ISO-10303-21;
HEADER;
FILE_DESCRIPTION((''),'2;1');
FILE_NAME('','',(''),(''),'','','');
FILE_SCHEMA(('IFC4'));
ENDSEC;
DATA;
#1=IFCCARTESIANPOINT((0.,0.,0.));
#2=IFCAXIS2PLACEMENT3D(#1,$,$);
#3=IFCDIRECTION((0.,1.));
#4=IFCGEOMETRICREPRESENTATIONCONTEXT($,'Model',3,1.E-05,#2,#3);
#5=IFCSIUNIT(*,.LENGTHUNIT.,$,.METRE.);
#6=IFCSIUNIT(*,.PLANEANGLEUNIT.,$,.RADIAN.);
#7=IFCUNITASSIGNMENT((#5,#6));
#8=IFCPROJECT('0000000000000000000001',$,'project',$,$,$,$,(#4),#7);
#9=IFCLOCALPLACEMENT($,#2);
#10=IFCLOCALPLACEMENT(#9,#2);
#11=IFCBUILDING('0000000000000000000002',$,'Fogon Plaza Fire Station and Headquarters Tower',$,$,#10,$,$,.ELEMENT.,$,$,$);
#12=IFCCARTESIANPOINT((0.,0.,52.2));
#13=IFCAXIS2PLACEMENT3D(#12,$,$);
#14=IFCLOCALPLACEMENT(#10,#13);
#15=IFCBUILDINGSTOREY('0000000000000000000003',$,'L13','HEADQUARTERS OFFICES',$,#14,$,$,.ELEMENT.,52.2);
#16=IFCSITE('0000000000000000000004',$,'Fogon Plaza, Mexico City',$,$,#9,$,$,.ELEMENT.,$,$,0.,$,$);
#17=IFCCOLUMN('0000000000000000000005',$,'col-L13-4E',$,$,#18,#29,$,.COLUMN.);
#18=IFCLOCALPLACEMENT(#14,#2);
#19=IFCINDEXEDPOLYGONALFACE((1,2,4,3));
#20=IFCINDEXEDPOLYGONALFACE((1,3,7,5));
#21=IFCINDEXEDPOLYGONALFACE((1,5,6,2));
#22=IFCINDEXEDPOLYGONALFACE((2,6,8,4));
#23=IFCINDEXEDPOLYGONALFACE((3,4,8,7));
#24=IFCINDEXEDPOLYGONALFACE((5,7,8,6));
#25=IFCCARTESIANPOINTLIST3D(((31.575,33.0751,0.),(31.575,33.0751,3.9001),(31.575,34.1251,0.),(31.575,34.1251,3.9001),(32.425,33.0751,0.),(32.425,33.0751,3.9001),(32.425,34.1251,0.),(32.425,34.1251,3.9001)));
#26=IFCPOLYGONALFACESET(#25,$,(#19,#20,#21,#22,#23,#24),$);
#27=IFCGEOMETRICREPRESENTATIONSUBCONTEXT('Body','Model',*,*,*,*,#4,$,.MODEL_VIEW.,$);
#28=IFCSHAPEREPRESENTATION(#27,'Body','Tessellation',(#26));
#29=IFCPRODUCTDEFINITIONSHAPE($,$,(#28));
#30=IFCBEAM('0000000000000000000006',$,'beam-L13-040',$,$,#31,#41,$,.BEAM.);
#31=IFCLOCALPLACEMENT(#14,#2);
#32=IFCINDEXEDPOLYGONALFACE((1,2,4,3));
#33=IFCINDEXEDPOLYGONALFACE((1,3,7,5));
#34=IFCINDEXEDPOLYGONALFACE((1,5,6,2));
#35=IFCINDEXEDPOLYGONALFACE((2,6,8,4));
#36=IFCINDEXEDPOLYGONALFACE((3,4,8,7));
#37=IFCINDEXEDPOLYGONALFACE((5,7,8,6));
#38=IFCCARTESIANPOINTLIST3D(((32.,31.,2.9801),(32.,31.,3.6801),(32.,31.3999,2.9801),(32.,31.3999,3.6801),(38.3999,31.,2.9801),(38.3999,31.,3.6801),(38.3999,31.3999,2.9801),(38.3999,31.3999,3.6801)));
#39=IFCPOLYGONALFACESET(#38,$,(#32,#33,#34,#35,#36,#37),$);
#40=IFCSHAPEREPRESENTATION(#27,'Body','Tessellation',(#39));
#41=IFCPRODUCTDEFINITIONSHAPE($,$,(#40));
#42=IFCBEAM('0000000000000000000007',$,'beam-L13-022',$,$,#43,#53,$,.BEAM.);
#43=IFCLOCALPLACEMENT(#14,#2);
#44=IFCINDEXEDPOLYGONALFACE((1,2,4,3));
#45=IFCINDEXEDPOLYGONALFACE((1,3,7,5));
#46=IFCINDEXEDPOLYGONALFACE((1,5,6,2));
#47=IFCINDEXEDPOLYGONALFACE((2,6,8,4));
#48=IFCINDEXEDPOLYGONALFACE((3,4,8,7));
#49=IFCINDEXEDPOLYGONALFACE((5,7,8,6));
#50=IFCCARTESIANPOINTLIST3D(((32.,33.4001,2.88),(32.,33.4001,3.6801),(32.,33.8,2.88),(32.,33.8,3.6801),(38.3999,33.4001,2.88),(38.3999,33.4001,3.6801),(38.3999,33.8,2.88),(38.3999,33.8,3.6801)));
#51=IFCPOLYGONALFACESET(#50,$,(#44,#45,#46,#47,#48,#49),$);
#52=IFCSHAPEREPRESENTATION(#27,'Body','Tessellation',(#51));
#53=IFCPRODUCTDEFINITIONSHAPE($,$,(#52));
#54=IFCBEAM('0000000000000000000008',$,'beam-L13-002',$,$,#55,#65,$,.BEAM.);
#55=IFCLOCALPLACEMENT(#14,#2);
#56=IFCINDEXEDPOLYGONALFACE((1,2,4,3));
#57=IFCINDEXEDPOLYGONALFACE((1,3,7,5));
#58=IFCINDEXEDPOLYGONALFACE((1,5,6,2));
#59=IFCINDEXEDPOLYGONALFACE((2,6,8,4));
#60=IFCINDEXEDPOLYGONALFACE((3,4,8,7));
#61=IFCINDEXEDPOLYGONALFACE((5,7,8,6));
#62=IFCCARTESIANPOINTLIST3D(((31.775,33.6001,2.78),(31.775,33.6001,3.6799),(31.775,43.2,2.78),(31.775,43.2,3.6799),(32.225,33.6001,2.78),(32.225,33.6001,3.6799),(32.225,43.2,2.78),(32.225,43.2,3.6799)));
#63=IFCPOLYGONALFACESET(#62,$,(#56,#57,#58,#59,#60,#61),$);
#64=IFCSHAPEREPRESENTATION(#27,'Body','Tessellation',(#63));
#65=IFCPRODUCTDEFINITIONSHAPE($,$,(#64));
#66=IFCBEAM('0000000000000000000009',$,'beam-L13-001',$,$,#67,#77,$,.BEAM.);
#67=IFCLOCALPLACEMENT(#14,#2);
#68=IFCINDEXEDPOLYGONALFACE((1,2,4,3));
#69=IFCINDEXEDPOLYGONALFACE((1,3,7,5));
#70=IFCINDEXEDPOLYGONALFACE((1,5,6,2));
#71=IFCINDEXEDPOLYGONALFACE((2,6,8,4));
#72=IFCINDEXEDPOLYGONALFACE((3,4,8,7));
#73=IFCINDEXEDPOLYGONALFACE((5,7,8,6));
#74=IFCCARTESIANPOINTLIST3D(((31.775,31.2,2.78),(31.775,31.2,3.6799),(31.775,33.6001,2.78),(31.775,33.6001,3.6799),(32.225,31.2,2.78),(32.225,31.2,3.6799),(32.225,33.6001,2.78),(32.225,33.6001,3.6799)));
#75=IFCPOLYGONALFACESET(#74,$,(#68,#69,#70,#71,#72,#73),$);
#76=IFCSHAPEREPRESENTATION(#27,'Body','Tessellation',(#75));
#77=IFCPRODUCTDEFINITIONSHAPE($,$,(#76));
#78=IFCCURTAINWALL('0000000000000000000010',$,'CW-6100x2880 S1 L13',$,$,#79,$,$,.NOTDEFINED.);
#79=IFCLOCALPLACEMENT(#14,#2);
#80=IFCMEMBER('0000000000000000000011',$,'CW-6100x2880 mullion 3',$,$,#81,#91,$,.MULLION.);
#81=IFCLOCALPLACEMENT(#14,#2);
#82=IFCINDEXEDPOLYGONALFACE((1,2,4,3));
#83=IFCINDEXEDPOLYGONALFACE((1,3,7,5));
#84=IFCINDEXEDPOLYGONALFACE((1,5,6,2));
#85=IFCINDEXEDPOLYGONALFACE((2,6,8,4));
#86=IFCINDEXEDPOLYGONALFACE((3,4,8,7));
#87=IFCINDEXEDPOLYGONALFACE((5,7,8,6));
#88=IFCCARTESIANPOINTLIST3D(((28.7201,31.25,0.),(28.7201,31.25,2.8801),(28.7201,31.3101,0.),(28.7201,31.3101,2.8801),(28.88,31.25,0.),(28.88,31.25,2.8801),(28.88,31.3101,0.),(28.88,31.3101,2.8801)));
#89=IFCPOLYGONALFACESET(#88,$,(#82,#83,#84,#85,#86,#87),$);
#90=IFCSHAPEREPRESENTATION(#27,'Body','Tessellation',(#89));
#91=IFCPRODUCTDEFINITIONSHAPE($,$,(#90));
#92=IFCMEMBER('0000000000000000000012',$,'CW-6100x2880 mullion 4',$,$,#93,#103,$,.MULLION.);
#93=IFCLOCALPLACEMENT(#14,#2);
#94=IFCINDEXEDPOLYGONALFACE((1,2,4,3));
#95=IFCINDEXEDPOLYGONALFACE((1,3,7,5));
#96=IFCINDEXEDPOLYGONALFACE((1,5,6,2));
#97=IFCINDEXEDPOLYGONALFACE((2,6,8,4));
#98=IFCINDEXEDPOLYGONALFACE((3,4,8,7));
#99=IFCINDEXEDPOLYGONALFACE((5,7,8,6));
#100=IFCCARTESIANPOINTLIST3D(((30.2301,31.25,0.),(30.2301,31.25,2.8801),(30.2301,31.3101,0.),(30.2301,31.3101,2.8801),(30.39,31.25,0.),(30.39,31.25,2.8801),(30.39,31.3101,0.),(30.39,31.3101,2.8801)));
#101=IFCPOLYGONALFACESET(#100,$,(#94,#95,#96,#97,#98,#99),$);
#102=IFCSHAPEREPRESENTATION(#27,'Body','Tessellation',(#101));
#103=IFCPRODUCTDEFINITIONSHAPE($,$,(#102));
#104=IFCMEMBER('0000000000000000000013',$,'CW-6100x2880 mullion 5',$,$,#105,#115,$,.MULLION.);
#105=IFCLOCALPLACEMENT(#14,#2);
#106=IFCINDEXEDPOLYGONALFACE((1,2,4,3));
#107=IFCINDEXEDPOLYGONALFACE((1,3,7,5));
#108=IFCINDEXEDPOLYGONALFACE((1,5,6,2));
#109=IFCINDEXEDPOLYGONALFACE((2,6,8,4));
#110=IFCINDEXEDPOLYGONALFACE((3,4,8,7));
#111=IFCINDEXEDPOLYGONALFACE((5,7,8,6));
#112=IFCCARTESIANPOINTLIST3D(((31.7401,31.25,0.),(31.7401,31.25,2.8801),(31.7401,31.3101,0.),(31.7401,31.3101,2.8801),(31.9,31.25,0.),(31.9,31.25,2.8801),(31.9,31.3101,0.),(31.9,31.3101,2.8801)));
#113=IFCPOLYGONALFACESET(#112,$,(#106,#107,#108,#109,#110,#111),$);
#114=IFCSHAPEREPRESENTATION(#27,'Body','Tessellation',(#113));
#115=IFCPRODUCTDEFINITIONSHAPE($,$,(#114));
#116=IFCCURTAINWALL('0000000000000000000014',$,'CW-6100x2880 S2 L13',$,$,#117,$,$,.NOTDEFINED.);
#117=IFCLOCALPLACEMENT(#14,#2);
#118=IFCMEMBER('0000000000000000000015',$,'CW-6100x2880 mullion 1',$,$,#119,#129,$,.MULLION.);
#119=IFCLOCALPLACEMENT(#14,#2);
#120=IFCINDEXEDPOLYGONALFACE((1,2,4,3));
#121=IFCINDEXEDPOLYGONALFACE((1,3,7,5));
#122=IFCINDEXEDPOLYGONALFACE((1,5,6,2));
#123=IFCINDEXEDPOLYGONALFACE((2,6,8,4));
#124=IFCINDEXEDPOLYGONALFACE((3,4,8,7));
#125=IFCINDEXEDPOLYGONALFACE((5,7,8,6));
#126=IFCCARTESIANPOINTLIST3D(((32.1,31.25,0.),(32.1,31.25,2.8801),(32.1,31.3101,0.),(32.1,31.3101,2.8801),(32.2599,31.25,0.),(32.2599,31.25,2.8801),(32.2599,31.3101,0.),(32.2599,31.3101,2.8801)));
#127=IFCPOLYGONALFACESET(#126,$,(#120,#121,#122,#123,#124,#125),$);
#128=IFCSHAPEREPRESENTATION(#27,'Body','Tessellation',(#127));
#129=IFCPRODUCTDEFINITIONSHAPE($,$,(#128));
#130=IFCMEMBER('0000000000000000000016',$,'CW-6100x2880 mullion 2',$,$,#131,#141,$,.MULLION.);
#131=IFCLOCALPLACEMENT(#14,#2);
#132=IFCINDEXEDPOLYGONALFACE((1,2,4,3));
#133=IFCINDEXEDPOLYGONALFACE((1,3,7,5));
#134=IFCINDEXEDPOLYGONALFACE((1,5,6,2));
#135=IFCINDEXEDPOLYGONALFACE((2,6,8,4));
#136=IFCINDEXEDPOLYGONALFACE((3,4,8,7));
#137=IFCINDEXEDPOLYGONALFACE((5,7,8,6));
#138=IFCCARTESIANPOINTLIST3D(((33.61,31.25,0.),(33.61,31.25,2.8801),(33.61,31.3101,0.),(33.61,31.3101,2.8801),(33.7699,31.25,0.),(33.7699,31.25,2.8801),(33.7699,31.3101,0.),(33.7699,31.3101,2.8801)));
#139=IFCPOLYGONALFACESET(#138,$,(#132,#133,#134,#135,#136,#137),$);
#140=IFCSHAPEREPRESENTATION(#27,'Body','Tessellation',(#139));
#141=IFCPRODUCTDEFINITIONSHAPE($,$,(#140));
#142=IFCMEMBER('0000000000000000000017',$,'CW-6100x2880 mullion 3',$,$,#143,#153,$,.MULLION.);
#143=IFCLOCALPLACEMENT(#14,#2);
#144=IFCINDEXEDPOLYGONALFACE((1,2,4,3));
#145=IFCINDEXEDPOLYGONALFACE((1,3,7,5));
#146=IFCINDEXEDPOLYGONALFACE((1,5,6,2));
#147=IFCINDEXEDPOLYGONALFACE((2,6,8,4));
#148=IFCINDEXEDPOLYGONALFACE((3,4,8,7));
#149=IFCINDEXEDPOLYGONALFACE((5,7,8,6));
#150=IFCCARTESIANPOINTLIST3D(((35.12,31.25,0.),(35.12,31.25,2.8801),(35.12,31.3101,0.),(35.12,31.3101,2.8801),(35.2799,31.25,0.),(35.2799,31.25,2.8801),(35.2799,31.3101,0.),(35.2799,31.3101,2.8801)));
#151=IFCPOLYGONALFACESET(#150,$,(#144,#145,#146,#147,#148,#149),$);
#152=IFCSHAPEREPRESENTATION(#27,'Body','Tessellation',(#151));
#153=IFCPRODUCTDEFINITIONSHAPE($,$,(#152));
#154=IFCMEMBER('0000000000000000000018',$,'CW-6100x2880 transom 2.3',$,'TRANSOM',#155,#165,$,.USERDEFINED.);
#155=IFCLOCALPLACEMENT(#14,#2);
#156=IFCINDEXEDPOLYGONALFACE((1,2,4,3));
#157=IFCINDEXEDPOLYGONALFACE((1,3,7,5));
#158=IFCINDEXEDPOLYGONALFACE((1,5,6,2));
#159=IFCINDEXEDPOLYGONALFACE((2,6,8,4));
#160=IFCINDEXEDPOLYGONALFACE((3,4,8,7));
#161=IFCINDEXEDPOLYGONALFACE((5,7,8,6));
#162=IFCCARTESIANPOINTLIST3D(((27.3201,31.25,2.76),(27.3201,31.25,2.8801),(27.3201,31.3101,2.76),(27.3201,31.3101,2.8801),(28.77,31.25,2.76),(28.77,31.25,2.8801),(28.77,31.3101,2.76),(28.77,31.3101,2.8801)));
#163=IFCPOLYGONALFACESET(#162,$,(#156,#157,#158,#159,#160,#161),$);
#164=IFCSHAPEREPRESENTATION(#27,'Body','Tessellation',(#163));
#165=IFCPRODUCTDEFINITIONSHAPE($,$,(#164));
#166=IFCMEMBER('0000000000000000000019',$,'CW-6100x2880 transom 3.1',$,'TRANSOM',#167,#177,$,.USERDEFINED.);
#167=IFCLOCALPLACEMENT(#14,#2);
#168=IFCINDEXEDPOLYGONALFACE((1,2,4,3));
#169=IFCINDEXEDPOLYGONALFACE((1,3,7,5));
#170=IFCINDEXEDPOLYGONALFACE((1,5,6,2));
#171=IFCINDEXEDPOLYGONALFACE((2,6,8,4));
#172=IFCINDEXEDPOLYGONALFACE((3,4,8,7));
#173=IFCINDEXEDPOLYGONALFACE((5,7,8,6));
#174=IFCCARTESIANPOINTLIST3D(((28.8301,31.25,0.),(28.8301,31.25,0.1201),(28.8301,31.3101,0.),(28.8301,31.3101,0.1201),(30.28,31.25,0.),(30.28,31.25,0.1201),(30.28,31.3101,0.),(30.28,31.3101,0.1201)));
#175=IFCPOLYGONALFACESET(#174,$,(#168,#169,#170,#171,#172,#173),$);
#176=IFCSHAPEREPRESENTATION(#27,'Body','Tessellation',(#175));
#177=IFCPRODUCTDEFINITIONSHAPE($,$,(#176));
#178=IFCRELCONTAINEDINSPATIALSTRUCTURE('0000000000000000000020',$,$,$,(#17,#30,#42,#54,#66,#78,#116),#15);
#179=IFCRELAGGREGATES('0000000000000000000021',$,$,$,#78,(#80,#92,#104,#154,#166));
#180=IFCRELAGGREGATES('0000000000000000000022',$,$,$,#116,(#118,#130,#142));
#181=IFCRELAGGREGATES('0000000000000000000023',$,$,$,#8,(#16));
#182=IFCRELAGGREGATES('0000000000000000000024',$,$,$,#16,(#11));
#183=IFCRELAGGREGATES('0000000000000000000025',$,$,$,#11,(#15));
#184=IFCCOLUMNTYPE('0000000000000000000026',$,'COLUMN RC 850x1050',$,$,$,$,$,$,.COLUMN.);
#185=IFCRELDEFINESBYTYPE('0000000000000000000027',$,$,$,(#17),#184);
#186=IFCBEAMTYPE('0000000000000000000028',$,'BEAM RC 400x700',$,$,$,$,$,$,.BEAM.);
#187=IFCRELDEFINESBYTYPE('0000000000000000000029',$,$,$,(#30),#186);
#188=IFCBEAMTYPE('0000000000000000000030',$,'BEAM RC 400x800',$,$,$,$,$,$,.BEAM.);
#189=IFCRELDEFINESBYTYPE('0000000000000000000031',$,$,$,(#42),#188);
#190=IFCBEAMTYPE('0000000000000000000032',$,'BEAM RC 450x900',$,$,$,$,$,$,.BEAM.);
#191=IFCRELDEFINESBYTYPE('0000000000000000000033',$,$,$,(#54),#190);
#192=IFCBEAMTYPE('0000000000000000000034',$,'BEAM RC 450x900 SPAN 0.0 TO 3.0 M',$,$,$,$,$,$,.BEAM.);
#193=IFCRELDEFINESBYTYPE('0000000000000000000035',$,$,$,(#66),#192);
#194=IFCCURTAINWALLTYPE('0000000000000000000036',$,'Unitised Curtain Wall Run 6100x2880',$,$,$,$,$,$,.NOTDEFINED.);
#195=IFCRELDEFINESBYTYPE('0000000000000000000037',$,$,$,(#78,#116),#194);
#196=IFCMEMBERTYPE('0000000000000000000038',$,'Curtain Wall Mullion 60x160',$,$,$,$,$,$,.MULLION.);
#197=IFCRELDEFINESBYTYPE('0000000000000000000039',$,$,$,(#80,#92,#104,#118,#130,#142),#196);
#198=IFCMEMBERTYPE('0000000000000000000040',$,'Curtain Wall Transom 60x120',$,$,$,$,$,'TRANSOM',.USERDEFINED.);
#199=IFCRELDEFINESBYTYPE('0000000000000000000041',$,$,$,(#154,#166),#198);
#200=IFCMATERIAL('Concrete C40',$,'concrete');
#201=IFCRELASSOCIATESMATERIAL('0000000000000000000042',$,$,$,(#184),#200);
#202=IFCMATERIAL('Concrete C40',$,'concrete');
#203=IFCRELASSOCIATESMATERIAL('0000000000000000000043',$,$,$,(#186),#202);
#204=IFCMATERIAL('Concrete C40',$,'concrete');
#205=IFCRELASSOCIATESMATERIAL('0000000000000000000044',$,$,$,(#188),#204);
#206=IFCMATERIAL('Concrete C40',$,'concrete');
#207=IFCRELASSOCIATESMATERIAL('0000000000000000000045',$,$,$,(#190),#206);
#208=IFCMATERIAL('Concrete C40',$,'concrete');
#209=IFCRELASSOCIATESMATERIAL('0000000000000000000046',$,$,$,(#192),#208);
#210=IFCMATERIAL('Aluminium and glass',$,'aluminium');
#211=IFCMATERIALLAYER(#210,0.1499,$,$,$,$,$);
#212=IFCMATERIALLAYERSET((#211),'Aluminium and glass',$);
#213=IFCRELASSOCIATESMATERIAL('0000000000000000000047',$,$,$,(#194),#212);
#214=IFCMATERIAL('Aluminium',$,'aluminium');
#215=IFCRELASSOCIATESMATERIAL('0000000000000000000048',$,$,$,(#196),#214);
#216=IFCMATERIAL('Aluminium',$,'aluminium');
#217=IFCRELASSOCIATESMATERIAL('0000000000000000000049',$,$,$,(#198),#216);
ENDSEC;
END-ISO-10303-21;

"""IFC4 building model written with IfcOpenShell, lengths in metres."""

from ifc_helpers import new_model, si_unit, direction, frame, origin, origin_2d, place, context, subcontext, project, spatial, rectangle, extrude, material, layer, layer_set, material_profile, profile_set, type_object, element, aggregate, save


model = new_model("IFC4")

# Units and contexts
model_context = context("Model", 3, precision=1e-05, world=origin(), true_north=direction((0.0, 1.0)))
body_context = subcontext(model_context, "Body", "Model", "MODEL_VIEW")
ifc_project = project(units=[si_unit("LENGTHUNIT", "METRE"), si_unit("PLANEANGLEUNIT", "RADIAN")], contexts=[model_context])

# Site, building, storey
site_placement = place(None, origin())
site = spatial("IfcSite", under=ifc_project, at=site_placement, Name="Fogon Plaza, Mexico City", CompositionType="ELEMENT", RefElevation=0.0)
building_placement = place(site_placement, origin())
building = spatial("IfcBuilding", under=site, at=building_placement, Name="Fogon Plaza Fire Station and Headquarters Tower", CompositionType="ELEMENT")
storey_placement = place(building_placement, frame((0.0, 0.0, 52.2)))
storey = spatial("IfcBuildingStorey", under=building, at=storey_placement, Name="L13", Description="HEADQUARTERS OFFICES", CompositionType="ELEMENT", Elevation=52.2)

# Column
ifc_material_1 = material(Name="Concrete C40", Category="concrete")
ifc_material_profile_1 = material_profile(ifc_material_1, rectangle(XDim=0.8501, YDim=1.05, at=origin_2d()), Name="RC 850x1050")
ifc_profile_set_1 = profile_set([ifc_material_profile_1], Name="Concrete C40")
column_type = type_object("IfcColumnType", Name="COLUMN RC 850x1050", PredefinedType="COLUMN", material=ifc_profile_set_1)
column_placement = place(storey_placement, frame((32.0, 33.6001, 0.0), z_axis=(0.0, 0.0, 1.0), x_axis=(1.0, 0.0, 0.0)))
element("IfcColumn", 1, at=column_placement, inside=storey, type_object=column_type, Name="col-L13-4E", PredefinedType="COLUMN", context=body_context, shape_type="SweptSolid", body=[
    extrude(rectangle(XDim=0.8501, YDim=1.05, at=origin_2d()), origin(), (0.0, 0.0, 1.0), 3.9001),
])

# Beams
ifc_material_2 = material(Name="Concrete C40", Category="concrete")
ifc_material_profile_2 = material_profile(ifc_material_2, rectangle(XDim=0.3999, YDim=0.7, at=origin_2d()), Name="RC 400x700")
ifc_profile_set_2 = profile_set([ifc_material_profile_2], Name="Concrete C40")
beam_type_1 = type_object("IfcBeamType", Name="BEAM RC 400x700", PredefinedType="BEAM", material=ifc_profile_set_2)
beam_1_placement = place(storey_placement, frame((32.0, 31.2, 3.3301), z_axis=(1.0, 0.0, 0.0), x_axis=(0.0, 1.0, 0.0)))
element("IfcBeam", 2, at=beam_1_placement, inside=storey, type_object=beam_type_1, Name="beam-L13-040", PredefinedType="BEAM", context=body_context, shape_type="SweptSolid", body=[
    extrude(rectangle(XDim=0.3999, YDim=0.7, at=origin_2d()), origin(), (0.0, 0.0, 1.0), 6.3999),
])
ifc_material_3 = material(Name="Concrete C40", Category="concrete")
ifc_material_profile_3 = material_profile(ifc_material_3, rectangle(XDim=0.3999, YDim=0.8, at=origin_2d()), Name="RC 400x800")
ifc_profile_set_3 = profile_set([ifc_material_profile_3], Name="Concrete C40")
beam_type_2 = type_object("IfcBeamType", Name="BEAM RC 400x800", PredefinedType="BEAM", material=ifc_profile_set_3)
beam_2_placement = place(storey_placement, frame((32.0, 33.6001, 3.28), z_axis=(1.0, 0.0, 0.0), x_axis=(0.0, 1.0, 0.0)))
element("IfcBeam", 3, at=beam_2_placement, inside=storey, type_object=beam_type_2, Name="beam-L13-022", PredefinedType="BEAM", context=body_context, shape_type="SweptSolid", body=[
    extrude(rectangle(XDim=0.3999, YDim=0.8, at=origin_2d()), origin(), (0.0, 0.0, 1.0), 6.3999),
])
ifc_material_4 = material(Name="Concrete C40", Category="concrete")
ifc_material_profile_4 = material_profile(ifc_material_4, rectangle(XDim=0.45, YDim=0.8999, at=origin_2d()), Name="RC 450x900")
ifc_profile_set_4 = profile_set([ifc_material_profile_4], Name="Concrete C40")
beam_type_3 = type_object("IfcBeamType", Name="BEAM RC 450x900", PredefinedType="BEAM", material=ifc_profile_set_4)
beam_3_placement = place(storey_placement, frame((32.0, 33.6001, 3.23), z_axis=(0.0, 1.0, 0.0), x_axis=(-1.0, 0.0, 0.0)))
element("IfcBeam", 4, at=beam_3_placement, inside=storey, type_object=beam_type_3, Name="beam-L13-002", PredefinedType="BEAM", context=body_context, shape_type="SweptSolid", body=[
    extrude(rectangle(XDim=0.45, YDim=0.8999, at=origin_2d()), origin(), (0.0, 0.0, 1.0), 9.5999),
])
ifc_material_5 = material(Name="Concrete C40", Category="concrete")
ifc_material_profile_5 = material_profile(ifc_material_5, rectangle(XDim=0.45, YDim=0.8999, at=origin_2d()), Name="RC 450x900")
ifc_profile_set_5 = profile_set([ifc_material_profile_5], Name="Concrete C40")
beam_type_4 = type_object("IfcBeamType", Name="BEAM RC 450x900 SPAN 0.0 TO 3.0 M", PredefinedType="BEAM", material=ifc_profile_set_5)
beam_4_placement = place(storey_placement, frame((32.0, 31.2, 3.23), z_axis=(0.0, 1.0, 0.0), x_axis=(-1.0, 0.0, 0.0)))
element("IfcBeam", 5, at=beam_4_placement, inside=storey, type_object=beam_type_4, Name="beam-L13-001", PredefinedType="BEAM", context=body_context, shape_type="SweptSolid", body=[
    extrude(rectangle(XDim=0.45, YDim=0.8999, at=origin_2d()), origin(), (0.0, 0.0, 1.0), 2.4001),
])

# Curtain walls, members
ifc_material_6 = material(Name="Aluminium and glass", Category="aluminium")
ifc_layer_1 = layer(ifc_material_6, 0.1499)
ifc_layer_set_1 = layer_set([ifc_layer_1], Name="Aluminium and glass")
curtain_wall_type = type_object("IfcCurtainWallType", Name="Unitised Curtain Wall Run 6100x2880", PredefinedType="NOTDEFINED", material=ifc_layer_set_1)
curtain_wall_1_placement = place(storey_placement, origin())
curtain_wall_1 = element("IfcCurtainWall", 6, at=curtain_wall_1_placement, inside=storey, type_object=curtain_wall_type, Name="CW-6100x2880 S1 L13", PredefinedType="NOTDEFINED")
ifc_material_7 = material(Name="Aluminium", Category="aluminium")
ifc_material_profile_6 = material_profile(ifc_material_7, rectangle(XDim=0.0601, YDim=0.1599, at=origin_2d()), Name="Curtain Wall Mullion 60x160")
ifc_profile_set_6 = profile_set([ifc_material_profile_6], Name="Aluminium")
member_type_1 = type_object("IfcMemberType", Name="Curtain Wall Mullion 60x160", PredefinedType="MULLION", material=ifc_profile_set_6)
member_1_placement = place(storey_placement, frame((28.8, 31.28, 0.0), z_axis=(0.0, 0.0, 1.0), x_axis=(0.0, 1.0, 0.0)))
member_1 = element("IfcMember", 7, at=member_1_placement, type_object=member_type_1, Name="CW-6100x2880 mullion 3", PredefinedType="MULLION", context=body_context, shape_type="SweptSolid", body=[
    extrude(rectangle(XDim=0.0601, YDim=0.1599, at=origin_2d()), origin(), (0.0, 0.0, 1.0), 2.8801),
])
member_2_placement = place(storey_placement, frame((30.3101, 31.28, 0.0), z_axis=(0.0, 0.0, 1.0), x_axis=(0.0, 1.0, 0.0)))
member_2 = element("IfcMember", 8, at=member_2_placement, type_object=member_type_1, Name="CW-6100x2880 mullion 4", PredefinedType="MULLION", context=body_context, shape_type="SweptSolid", body=[
    extrude(rectangle(XDim=0.0601, YDim=0.1599, at=origin_2d()), origin(), (0.0, 0.0, 1.0), 2.8801),
])
member_3_placement = place(storey_placement, frame((31.8201, 31.28, 0.0), z_axis=(0.0, 0.0, 1.0), x_axis=(0.0, 1.0, 0.0)))
member_3 = element("IfcMember", 9, at=member_3_placement, type_object=member_type_1, Name="CW-6100x2880 mullion 5", PredefinedType="MULLION", context=body_context, shape_type="SweptSolid", body=[
    extrude(rectangle(XDim=0.0601, YDim=0.1599, at=origin_2d()), origin(), (0.0, 0.0, 1.0), 2.8801),
])
curtain_wall_2_placement = place(storey_placement, origin())
curtain_wall_2 = element("IfcCurtainWall", 10, at=curtain_wall_2_placement, inside=storey, type_object=curtain_wall_type, Name="CW-6100x2880 S2 L13", PredefinedType="NOTDEFINED")
member_4_placement = place(storey_placement, frame((32.1799, 31.28, 0.0), z_axis=(0.0, 0.0, 1.0), x_axis=(0.0, 1.0, 0.0)))
member_4 = element("IfcMember", 11, at=member_4_placement, type_object=member_type_1, Name="CW-6100x2880 mullion 1", PredefinedType="MULLION", context=body_context, shape_type="SweptSolid", body=[
    extrude(rectangle(XDim=0.0601, YDim=0.1599, at=origin_2d()), origin(), (0.0, 0.0, 1.0), 2.8801),
])
member_5_placement = place(storey_placement, frame((33.6899, 31.28, 0.0), z_axis=(0.0, 0.0, 1.0), x_axis=(0.0, 1.0, 0.0)))
member_5 = element("IfcMember", 12, at=member_5_placement, type_object=member_type_1, Name="CW-6100x2880 mullion 2", PredefinedType="MULLION", context=body_context, shape_type="SweptSolid", body=[
    extrude(rectangle(XDim=0.0601, YDim=0.1599, at=origin_2d()), origin(), (0.0, 0.0, 1.0), 2.8801),
])
member_6_placement = place(storey_placement, frame((35.2, 31.28, 0.0), z_axis=(0.0, 0.0, 1.0), x_axis=(0.0, 1.0, 0.0)))
member_6 = element("IfcMember", 13, at=member_6_placement, type_object=member_type_1, Name="CW-6100x2880 mullion 3", PredefinedType="MULLION", context=body_context, shape_type="SweptSolid", body=[
    extrude(rectangle(XDim=0.0601, YDim=0.1599, at=origin_2d()), origin(), (0.0, 0.0, 1.0), 2.8801),
])

# Members
ifc_material_8 = material(Name="Aluminium", Category="aluminium")
ifc_material_profile_7 = material_profile(ifc_material_8, rectangle(XDim=0.0601, YDim=0.1201, at=origin_2d()), Name="Curtain Wall Transom 60x120")
ifc_profile_set_7 = profile_set([ifc_material_profile_7], Name="Aluminium")
member_type_2 = type_object("IfcMemberType", Name="Curtain Wall Transom 60x120", ElementType="TRANSOM", PredefinedType="USERDEFINED", material=ifc_profile_set_7)
member_7_placement = place(storey_placement, frame((27.3201, 31.28, 2.8201), z_axis=(1.0, 0.0, 0.0), x_axis=(0.0, 1.0, 0.0)))
member_7 = element("IfcMember", 14, at=member_7_placement, type_object=member_type_2, Name="CW-6100x2880 transom 2.3", ObjectType="TRANSOM", PredefinedType="USERDEFINED", context=body_context, shape_type="SweptSolid", body=[
    extrude(rectangle(XDim=0.0601, YDim=0.1201, at=origin_2d()), origin(), (0.0, 0.0, 1.0), 1.45),
])
member_8_placement = place(storey_placement, frame((28.8301, 31.28, 0.0601), z_axis=(1.0, 0.0, 0.0), x_axis=(0.0, 1.0, 0.0)))
member_8 = element("IfcMember", 15, at=member_8_placement, type_object=member_type_2, Name="CW-6100x2880 transom 3.1", ObjectType="TRANSOM", PredefinedType="USERDEFINED", context=body_context, shape_type="SweptSolid", body=[
    extrude(rectangle(XDim=0.0601, YDim=0.1201, at=origin_2d()), origin(), (0.0, 0.0, 1.0), 1.45),
])

aggregate(curtain_wall_1, [member_1, member_2, member_3, member_7, member_8])
aggregate(curtain_wall_2, [member_4, member_5, member_6])

save(model, "model.ifc")
